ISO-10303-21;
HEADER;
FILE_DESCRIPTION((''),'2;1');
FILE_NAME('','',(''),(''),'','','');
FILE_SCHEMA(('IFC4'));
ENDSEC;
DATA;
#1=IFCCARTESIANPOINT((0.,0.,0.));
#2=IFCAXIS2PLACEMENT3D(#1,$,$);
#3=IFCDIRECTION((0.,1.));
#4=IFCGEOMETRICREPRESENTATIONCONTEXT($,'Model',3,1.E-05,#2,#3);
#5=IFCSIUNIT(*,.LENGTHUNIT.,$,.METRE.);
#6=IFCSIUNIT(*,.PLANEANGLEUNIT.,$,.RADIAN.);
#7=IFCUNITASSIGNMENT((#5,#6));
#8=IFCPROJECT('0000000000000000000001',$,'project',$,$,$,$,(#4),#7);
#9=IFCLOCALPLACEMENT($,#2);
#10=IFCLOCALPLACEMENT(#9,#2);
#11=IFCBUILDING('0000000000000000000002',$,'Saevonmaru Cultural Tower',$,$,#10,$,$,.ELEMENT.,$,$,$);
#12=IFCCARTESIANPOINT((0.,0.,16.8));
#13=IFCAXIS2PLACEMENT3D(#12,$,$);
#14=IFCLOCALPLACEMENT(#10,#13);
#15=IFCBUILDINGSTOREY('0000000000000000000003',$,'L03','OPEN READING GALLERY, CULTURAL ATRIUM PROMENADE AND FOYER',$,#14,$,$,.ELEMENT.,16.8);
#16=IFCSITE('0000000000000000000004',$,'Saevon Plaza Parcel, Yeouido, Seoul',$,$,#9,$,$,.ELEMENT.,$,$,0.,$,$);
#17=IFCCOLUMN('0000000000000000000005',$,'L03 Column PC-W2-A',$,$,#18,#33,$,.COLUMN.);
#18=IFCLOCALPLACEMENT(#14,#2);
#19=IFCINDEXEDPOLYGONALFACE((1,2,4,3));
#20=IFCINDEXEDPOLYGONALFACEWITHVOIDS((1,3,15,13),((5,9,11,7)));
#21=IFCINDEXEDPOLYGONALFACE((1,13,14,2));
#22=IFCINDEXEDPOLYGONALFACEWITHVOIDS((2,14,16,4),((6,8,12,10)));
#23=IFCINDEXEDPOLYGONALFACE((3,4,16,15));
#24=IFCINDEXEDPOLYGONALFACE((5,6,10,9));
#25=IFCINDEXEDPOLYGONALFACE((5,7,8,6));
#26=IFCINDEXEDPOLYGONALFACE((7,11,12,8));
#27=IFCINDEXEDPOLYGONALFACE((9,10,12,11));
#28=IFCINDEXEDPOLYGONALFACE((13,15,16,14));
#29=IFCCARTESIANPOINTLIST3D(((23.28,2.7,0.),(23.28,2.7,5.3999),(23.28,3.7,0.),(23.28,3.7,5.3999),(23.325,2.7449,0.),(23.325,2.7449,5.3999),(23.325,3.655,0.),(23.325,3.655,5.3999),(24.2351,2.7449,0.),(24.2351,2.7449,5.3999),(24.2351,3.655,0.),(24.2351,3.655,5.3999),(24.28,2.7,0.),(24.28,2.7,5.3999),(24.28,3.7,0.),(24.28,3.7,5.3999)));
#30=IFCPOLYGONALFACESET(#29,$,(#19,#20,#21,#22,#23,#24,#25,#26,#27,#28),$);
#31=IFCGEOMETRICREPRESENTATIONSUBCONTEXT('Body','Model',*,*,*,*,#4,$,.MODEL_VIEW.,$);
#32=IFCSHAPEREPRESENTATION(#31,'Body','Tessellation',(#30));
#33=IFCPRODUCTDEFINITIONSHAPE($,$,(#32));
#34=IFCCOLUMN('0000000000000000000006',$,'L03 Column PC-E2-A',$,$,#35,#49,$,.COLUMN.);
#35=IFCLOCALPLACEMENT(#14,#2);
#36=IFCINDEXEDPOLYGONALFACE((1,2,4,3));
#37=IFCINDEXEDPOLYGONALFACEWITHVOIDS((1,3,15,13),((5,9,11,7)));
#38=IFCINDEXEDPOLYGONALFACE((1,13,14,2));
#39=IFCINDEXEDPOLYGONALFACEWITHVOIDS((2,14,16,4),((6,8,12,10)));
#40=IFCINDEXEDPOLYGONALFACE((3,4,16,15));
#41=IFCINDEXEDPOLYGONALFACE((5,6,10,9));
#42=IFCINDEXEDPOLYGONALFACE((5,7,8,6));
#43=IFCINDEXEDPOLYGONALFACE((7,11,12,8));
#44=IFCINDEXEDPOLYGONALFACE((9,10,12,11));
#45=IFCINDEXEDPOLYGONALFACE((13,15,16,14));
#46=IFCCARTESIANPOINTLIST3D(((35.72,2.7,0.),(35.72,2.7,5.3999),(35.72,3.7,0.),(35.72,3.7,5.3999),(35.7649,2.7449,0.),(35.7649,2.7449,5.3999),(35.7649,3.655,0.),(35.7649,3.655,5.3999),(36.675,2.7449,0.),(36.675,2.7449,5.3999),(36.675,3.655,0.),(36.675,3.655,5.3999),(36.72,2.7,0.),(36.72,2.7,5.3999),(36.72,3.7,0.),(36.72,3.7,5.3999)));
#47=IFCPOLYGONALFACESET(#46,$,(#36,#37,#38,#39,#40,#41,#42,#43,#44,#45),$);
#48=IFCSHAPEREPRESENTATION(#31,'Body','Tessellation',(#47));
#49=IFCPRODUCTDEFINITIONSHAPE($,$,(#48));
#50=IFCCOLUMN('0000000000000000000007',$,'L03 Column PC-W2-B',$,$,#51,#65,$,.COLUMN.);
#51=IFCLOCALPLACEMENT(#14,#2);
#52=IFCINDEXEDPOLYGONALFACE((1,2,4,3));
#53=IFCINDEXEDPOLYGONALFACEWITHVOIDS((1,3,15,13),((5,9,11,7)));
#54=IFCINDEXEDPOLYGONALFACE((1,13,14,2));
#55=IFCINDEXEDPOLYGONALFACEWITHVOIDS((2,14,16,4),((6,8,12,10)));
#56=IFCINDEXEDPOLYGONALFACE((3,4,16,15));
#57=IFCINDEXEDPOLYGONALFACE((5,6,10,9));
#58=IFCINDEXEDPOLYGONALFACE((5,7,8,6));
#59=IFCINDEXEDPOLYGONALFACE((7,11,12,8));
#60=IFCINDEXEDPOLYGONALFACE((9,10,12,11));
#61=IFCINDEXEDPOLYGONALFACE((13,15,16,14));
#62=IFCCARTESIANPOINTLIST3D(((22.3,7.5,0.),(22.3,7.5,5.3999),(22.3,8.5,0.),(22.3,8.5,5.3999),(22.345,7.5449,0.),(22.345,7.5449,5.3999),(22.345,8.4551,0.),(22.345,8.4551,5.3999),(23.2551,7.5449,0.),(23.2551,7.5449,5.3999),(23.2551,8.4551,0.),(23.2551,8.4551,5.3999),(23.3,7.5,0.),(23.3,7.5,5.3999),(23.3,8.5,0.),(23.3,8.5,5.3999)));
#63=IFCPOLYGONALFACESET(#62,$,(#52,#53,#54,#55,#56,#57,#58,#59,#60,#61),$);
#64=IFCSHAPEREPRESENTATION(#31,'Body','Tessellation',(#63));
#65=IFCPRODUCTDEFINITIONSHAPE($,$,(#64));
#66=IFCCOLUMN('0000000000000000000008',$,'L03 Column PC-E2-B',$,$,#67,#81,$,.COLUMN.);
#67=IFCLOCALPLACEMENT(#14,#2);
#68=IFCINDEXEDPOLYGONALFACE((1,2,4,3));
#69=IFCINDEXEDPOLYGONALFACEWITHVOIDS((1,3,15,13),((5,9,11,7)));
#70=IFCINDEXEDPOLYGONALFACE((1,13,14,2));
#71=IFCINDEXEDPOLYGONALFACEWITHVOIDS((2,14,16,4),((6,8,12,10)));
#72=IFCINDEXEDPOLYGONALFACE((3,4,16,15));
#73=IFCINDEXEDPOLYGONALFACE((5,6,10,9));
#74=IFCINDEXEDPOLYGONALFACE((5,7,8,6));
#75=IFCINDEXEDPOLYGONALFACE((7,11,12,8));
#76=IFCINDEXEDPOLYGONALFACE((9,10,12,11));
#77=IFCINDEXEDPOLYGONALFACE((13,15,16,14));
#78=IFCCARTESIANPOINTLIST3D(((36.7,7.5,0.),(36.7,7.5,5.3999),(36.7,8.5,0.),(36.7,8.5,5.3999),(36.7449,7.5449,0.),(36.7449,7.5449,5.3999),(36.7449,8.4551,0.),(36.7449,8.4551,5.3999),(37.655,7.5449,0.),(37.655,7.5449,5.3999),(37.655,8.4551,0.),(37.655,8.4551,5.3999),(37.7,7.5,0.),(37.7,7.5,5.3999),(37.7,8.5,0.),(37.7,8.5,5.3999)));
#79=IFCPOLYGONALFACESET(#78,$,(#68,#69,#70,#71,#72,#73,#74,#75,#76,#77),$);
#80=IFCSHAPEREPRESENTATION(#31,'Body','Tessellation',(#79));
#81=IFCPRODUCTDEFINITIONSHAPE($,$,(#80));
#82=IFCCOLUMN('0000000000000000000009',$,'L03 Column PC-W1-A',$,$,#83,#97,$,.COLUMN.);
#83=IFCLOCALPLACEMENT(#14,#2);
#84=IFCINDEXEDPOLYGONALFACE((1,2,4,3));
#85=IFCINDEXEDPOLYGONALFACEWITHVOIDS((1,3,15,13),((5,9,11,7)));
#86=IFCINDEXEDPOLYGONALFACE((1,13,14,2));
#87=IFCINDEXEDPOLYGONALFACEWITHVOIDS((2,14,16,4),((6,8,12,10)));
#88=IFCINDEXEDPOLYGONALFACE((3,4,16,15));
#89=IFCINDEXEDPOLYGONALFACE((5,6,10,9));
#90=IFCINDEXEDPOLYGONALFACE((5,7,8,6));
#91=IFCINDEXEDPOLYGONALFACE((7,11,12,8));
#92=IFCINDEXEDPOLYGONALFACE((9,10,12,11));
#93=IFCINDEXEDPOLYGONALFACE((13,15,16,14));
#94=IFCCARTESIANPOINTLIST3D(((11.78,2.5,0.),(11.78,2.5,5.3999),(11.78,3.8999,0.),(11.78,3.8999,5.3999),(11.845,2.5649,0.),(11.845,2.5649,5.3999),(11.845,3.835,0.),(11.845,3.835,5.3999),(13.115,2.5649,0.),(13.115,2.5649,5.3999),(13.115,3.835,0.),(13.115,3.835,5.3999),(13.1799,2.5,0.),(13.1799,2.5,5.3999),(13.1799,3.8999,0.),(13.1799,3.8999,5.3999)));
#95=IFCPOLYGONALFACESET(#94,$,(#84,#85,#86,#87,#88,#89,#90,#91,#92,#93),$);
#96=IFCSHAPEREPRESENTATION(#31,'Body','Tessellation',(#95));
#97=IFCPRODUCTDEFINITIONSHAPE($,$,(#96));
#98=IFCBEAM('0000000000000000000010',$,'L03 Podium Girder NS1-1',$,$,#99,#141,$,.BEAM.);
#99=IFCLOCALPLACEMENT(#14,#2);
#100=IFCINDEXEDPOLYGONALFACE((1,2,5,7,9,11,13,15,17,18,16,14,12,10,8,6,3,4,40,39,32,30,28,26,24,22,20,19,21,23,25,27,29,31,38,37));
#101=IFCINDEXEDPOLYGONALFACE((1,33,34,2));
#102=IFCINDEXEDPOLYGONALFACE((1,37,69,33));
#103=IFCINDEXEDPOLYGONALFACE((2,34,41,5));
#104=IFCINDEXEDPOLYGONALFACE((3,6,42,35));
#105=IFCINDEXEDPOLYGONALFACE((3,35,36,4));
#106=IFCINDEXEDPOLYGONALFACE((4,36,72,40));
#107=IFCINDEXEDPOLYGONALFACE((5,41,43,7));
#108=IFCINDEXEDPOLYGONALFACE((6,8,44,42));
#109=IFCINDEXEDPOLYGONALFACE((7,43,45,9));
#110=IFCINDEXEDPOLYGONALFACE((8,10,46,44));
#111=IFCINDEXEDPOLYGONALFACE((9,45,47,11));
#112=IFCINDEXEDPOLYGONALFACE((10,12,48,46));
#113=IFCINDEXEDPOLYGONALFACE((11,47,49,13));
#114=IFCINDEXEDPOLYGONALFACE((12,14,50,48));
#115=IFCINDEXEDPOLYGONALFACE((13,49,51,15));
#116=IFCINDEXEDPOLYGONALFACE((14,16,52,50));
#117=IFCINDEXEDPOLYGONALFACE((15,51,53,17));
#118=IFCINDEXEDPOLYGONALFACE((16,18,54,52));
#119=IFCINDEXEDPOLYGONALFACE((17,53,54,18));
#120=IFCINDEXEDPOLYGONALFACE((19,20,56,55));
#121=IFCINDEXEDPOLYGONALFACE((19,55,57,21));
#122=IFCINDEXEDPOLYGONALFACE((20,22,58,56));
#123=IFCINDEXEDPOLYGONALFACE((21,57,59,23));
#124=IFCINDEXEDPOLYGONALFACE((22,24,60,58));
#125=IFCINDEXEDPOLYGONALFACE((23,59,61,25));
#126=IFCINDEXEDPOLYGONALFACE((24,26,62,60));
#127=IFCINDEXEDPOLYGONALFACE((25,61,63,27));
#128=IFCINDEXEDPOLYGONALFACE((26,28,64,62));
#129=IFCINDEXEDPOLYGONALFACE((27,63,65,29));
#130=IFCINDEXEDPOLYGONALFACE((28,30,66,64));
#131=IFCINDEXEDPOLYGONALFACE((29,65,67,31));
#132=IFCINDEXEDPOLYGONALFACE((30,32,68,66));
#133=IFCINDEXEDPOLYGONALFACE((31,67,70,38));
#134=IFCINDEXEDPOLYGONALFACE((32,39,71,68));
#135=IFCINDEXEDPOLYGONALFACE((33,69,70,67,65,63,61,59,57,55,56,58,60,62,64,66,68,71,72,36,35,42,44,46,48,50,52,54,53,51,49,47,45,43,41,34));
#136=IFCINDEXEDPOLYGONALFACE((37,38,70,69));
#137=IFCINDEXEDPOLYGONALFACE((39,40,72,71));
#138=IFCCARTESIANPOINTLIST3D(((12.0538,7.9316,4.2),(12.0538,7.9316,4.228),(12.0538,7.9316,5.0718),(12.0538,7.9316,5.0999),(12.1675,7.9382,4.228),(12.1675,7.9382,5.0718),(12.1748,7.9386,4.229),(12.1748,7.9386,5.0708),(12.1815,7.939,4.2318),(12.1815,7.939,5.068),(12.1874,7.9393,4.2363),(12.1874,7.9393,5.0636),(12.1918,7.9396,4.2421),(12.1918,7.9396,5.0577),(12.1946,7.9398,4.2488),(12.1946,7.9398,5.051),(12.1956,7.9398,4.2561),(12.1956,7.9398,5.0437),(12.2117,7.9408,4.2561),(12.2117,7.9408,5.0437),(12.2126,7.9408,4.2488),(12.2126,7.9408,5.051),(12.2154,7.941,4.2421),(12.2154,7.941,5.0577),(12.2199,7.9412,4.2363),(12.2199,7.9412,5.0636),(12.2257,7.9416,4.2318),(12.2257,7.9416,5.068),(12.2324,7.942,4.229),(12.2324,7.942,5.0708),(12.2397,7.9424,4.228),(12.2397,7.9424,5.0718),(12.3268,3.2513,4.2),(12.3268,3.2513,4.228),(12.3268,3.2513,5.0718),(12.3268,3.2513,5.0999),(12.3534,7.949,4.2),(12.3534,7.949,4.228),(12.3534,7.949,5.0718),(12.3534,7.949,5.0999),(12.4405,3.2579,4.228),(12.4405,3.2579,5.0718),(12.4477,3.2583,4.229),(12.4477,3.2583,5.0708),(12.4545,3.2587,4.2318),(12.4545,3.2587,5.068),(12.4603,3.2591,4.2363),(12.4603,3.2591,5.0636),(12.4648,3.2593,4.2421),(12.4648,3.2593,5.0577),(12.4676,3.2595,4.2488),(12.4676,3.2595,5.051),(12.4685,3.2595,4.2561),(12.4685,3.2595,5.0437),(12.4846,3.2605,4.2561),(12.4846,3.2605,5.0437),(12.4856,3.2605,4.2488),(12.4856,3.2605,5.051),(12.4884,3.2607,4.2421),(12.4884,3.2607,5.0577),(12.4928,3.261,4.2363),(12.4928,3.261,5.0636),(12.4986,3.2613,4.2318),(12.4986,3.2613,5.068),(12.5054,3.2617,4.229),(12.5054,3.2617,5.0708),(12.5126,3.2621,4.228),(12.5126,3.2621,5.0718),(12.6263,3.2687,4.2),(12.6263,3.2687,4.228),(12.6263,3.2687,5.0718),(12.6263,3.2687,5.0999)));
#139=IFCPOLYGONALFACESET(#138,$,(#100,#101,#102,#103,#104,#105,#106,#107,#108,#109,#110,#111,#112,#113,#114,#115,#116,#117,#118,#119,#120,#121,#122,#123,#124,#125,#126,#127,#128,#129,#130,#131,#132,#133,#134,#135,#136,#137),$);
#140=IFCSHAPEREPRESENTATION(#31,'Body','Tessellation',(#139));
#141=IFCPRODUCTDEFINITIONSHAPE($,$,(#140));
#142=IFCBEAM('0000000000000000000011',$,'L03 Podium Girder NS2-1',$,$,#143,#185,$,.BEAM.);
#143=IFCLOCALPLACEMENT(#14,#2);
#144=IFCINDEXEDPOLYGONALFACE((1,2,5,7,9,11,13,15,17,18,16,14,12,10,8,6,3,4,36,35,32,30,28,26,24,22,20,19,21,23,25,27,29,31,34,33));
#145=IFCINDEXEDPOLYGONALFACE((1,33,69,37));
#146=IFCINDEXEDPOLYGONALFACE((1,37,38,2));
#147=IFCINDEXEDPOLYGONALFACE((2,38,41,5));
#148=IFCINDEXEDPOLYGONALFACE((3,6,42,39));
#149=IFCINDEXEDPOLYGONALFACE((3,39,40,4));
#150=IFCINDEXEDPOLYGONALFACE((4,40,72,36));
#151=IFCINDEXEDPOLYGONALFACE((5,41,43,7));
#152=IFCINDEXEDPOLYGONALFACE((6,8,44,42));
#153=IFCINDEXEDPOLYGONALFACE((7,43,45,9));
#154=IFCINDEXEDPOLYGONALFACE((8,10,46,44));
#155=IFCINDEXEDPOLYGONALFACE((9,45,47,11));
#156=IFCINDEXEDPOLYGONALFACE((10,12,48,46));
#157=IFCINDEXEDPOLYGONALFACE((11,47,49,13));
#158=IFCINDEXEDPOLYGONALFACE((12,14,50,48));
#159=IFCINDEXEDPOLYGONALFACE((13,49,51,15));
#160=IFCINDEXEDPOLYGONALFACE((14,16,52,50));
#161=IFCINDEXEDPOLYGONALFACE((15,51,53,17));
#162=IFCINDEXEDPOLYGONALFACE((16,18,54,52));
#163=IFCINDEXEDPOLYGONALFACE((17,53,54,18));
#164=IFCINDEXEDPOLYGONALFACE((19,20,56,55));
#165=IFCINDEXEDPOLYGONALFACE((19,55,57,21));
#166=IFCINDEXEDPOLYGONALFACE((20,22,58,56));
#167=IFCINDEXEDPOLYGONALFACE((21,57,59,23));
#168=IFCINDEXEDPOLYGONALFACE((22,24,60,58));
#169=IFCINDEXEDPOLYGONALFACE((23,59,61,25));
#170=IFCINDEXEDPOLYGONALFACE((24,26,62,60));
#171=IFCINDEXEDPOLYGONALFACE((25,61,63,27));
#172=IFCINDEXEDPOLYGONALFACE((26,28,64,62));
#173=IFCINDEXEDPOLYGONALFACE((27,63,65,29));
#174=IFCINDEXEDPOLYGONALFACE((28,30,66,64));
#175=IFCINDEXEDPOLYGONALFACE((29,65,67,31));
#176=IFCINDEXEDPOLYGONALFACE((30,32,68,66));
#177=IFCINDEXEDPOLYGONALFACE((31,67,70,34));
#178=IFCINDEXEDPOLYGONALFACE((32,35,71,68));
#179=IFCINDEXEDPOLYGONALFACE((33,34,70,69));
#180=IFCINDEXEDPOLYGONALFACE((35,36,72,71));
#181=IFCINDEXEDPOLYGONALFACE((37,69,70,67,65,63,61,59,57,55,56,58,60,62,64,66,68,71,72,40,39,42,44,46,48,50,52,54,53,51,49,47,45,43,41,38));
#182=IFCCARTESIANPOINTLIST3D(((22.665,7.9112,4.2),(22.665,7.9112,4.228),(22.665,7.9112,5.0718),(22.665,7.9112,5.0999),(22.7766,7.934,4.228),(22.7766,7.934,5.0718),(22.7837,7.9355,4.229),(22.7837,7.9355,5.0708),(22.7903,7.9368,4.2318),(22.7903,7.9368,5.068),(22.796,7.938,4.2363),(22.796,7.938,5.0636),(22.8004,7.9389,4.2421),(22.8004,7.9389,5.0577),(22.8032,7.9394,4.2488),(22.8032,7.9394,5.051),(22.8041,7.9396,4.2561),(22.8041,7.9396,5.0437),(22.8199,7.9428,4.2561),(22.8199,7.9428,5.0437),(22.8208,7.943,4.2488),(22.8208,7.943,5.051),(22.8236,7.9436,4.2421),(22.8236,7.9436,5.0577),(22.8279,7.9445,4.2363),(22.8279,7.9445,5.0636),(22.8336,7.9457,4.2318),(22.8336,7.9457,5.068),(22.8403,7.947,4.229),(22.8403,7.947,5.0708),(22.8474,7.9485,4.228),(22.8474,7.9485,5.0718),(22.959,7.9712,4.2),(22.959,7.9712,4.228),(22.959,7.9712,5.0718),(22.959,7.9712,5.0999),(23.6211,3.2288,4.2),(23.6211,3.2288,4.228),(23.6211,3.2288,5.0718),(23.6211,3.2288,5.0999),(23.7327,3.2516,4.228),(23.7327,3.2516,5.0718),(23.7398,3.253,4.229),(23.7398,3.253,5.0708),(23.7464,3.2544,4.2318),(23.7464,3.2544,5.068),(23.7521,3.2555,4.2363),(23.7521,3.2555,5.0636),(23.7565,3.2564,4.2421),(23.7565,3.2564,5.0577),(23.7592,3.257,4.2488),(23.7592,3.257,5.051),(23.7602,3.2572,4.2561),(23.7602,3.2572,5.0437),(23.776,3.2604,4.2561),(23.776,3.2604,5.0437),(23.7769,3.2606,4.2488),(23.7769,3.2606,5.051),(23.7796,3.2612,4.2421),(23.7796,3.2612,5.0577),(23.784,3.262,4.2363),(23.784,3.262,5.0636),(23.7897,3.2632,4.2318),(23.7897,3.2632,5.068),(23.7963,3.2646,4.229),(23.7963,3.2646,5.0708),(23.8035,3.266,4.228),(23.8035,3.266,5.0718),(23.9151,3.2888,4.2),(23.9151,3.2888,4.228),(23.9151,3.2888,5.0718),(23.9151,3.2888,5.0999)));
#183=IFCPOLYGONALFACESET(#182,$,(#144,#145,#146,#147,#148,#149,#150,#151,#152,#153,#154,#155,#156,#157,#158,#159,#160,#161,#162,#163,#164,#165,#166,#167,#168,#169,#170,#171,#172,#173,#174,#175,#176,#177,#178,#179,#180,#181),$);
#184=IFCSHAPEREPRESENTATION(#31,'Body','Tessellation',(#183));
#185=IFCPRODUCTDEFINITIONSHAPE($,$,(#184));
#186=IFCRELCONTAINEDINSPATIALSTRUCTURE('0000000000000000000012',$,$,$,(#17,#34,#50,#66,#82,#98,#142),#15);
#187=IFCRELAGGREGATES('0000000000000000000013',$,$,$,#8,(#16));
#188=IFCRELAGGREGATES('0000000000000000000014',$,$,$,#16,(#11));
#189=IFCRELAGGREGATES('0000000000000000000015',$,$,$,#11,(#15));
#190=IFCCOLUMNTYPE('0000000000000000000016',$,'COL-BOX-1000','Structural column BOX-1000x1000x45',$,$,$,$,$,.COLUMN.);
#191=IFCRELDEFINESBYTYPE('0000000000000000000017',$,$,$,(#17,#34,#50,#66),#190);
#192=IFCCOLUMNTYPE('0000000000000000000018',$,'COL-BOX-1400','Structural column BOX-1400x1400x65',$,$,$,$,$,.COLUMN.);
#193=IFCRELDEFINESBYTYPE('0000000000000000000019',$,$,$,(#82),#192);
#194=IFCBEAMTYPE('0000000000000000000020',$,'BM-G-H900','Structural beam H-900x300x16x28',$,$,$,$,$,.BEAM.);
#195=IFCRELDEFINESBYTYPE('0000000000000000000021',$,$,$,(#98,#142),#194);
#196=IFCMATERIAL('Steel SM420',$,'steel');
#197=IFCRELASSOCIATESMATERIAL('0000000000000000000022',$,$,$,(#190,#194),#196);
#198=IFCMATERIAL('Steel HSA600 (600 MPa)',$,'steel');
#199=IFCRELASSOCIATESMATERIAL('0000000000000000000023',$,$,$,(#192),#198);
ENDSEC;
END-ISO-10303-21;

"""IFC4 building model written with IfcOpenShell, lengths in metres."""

from ifc_helpers import new_model, si_unit, direction, frame, origin, origin_2d, place, context, subcontext, project, spatial, hollow_rectangle, i_section, extrude, material, material_profile, profile_set, type_object, element, save


model = new_model("IFC4")

# Units and contexts
model_context = context("Model", 3, precision=1e-05, world=origin(), true_north=direction((0.0, 1.0)))
body_context = subcontext(model_context, "Body", "Model", "MODEL_VIEW")
ifc_project = project(units=[si_unit("LENGTHUNIT", "METRE"), si_unit("PLANEANGLEUNIT", "RADIAN")], contexts=[model_context])

# Site, building, storey
site_placement = place(None, origin())
site = spatial("IfcSite", under=ifc_project, at=site_placement, Name="Saevon Plaza Parcel, Yeouido, Seoul", CompositionType="ELEMENT", RefElevation=0.0)
building_placement = place(site_placement, origin())
building = spatial("IfcBuilding", under=site, at=building_placement, Name="Saevonmaru Cultural Tower", CompositionType="ELEMENT")
storey_placement = place(building_placement, frame((0.0, 0.0, 16.8)))
storey = spatial("IfcBuildingStorey", under=building, at=storey_placement, Name="L03", Description="OPEN READING GALLERY, CULTURAL ATRIUM PROMENADE AND FOYER", CompositionType="ELEMENT", Elevation=16.8)

# Columns
ifc_material_1 = material(Name="Steel SM420", Category="steel")
ifc_material_profile_1 = material_profile(ifc_material_1, hollow_rectangle(XDim=1.0, YDim=1.0, WallThickness=0.0449, at=origin_2d()), Name="BOX-1000x1000x45")
ifc_profile_set_1 = profile_set([ifc_material_profile_1], Name="Steel SM420")
column_type_1 = type_object("IfcColumnType", Name="COL-BOX-1000", Description="Structural column BOX-1000x1000x45", PredefinedType="COLUMN", material=ifc_profile_set_1)
for number, where, z_axis, x_axis, name in (
    (1, (23.78, 3.2, 0.0), (0.0, 0.0, 1.0), (1.0, 0.0, 0.0), "L03 Column PC-W2-A"),
    (2, (36.22, 3.2, 0.0), (0.0, 0.0, 1.0), (1.0, 0.0, 0.0), "L03 Column PC-E2-A"),
    (3, (22.8, 8.0, 0.0), (0.0, 0.0, 1.0), (1.0, 0.0, 0.0), "L03 Column PC-W2-B"),
    (4, (37.2, 8.0, 0.0), (0.0, 0.0, 1.0), (1.0, 0.0, 0.0), "L03 Column PC-E2-B"),
):
    element("IfcColumn", number, at=place(storey_placement, frame(where, z_axis=z_axis, x_axis=x_axis)), inside=storey, type_object=column_type_1, Name=name, PredefinedType="COLUMN", context=body_context, shape_type="SweptSolid", body=[
        extrude(hollow_rectangle(XDim=1.0, YDim=1.0, WallThickness=0.0449, at=origin_2d()), origin(), (0.0, 0.0, 1.0), 5.3999),
    ])
ifc_material_2 = material(Name="Steel HSA600 (600 MPa)", Category="steel")
ifc_material_profile_2 = material_profile(ifc_material_2, hollow_rectangle(XDim=1.3999, YDim=1.3999, WallThickness=0.0649, at=origin_2d()), Name="BOX-1400x1400x65")
ifc_profile_set_2 = profile_set([ifc_material_profile_2], Name="Steel HSA600 (600 MPa)")
column_type_2 = type_object("IfcColumnType", Name="COL-BOX-1400", Description="Structural column BOX-1400x1400x65", PredefinedType="COLUMN", material=ifc_profile_set_2)
column_placement = place(storey_placement, frame((12.48, 3.2, 0.0), z_axis=(0.0, 0.0, 1.0), x_axis=(1.0, 0.0, 0.0)))
element("IfcColumn", 5, at=column_placement, inside=storey, type_object=column_type_2, Name="L03 Column PC-W1-A", PredefinedType="COLUMN", context=body_context, shape_type="SweptSolid", body=[
    extrude(hollow_rectangle(XDim=1.3999, YDim=1.3999, WallThickness=0.0649, at=origin_2d()), origin(), (0.0, 0.0, 1.0), 5.3999),
])

# Beams
ifc_material_profile_3 = material_profile(ifc_material_1, i_section(OverallWidth=0.3, OverallDepth=0.8999, WebThickness=0.0161, FlangeThickness=0.0281, FilletRadius=0.0281, at=origin_2d()), Name="H-900x300x16x28")
ifc_profile_set_3 = profile_set([ifc_material_profile_3], Name="Steel SM420")
beam_type_1 = type_object("IfcBeamType", Name="BM-G-H900", Description="Structural beam H-900x300x16x28", PredefinedType="BEAM", material=ifc_profile_set_3)
beam_1_placement = place(storey_placement, frame((12.4766, 3.26, 4.6499), z_axis=(-0.058221, 0.998304, 0.0), x_axis=(-0.998304, -0.058221, 0.0)))
element("IfcBeam", 6, at=beam_1_placement, inside=storey, type_object=beam_type_1, Name="L03 Podium Girder NS1-1", PredefinedType="BEAM", context=body_context, shape_type="SweptSolid", body=[
    extrude(i_section(OverallWidth=0.3, OverallDepth=0.8999, WebThickness=0.0161, FlangeThickness=0.0281, FilletRadius=0.0281, at=origin_2d()), origin(), (0.0, 0.0, 1.0), 4.6882),
])
beam_2_placement = place(storey_placement, frame((23.7681, 3.2588, 4.6499), z_axis=(-0.200054, 0.979785, 0.0), x_axis=(-0.979785, -0.200054, 0.0)))
element("IfcBeam", 7, at=beam_2_placement, inside=storey, type_object=beam_type_1, Name="L03 Podium Girder NS2-1", PredefinedType="BEAM", context=body_context, shape_type="SweptSolid", body=[
    extrude(i_section(OverallWidth=0.3, OverallDepth=0.8999, WebThickness=0.0161, FlangeThickness=0.0281, FilletRadius=0.0281, at=origin_2d()), origin(), (0.0, 0.0, 1.0), 4.7791),
])

save(model, "model.ifc")
